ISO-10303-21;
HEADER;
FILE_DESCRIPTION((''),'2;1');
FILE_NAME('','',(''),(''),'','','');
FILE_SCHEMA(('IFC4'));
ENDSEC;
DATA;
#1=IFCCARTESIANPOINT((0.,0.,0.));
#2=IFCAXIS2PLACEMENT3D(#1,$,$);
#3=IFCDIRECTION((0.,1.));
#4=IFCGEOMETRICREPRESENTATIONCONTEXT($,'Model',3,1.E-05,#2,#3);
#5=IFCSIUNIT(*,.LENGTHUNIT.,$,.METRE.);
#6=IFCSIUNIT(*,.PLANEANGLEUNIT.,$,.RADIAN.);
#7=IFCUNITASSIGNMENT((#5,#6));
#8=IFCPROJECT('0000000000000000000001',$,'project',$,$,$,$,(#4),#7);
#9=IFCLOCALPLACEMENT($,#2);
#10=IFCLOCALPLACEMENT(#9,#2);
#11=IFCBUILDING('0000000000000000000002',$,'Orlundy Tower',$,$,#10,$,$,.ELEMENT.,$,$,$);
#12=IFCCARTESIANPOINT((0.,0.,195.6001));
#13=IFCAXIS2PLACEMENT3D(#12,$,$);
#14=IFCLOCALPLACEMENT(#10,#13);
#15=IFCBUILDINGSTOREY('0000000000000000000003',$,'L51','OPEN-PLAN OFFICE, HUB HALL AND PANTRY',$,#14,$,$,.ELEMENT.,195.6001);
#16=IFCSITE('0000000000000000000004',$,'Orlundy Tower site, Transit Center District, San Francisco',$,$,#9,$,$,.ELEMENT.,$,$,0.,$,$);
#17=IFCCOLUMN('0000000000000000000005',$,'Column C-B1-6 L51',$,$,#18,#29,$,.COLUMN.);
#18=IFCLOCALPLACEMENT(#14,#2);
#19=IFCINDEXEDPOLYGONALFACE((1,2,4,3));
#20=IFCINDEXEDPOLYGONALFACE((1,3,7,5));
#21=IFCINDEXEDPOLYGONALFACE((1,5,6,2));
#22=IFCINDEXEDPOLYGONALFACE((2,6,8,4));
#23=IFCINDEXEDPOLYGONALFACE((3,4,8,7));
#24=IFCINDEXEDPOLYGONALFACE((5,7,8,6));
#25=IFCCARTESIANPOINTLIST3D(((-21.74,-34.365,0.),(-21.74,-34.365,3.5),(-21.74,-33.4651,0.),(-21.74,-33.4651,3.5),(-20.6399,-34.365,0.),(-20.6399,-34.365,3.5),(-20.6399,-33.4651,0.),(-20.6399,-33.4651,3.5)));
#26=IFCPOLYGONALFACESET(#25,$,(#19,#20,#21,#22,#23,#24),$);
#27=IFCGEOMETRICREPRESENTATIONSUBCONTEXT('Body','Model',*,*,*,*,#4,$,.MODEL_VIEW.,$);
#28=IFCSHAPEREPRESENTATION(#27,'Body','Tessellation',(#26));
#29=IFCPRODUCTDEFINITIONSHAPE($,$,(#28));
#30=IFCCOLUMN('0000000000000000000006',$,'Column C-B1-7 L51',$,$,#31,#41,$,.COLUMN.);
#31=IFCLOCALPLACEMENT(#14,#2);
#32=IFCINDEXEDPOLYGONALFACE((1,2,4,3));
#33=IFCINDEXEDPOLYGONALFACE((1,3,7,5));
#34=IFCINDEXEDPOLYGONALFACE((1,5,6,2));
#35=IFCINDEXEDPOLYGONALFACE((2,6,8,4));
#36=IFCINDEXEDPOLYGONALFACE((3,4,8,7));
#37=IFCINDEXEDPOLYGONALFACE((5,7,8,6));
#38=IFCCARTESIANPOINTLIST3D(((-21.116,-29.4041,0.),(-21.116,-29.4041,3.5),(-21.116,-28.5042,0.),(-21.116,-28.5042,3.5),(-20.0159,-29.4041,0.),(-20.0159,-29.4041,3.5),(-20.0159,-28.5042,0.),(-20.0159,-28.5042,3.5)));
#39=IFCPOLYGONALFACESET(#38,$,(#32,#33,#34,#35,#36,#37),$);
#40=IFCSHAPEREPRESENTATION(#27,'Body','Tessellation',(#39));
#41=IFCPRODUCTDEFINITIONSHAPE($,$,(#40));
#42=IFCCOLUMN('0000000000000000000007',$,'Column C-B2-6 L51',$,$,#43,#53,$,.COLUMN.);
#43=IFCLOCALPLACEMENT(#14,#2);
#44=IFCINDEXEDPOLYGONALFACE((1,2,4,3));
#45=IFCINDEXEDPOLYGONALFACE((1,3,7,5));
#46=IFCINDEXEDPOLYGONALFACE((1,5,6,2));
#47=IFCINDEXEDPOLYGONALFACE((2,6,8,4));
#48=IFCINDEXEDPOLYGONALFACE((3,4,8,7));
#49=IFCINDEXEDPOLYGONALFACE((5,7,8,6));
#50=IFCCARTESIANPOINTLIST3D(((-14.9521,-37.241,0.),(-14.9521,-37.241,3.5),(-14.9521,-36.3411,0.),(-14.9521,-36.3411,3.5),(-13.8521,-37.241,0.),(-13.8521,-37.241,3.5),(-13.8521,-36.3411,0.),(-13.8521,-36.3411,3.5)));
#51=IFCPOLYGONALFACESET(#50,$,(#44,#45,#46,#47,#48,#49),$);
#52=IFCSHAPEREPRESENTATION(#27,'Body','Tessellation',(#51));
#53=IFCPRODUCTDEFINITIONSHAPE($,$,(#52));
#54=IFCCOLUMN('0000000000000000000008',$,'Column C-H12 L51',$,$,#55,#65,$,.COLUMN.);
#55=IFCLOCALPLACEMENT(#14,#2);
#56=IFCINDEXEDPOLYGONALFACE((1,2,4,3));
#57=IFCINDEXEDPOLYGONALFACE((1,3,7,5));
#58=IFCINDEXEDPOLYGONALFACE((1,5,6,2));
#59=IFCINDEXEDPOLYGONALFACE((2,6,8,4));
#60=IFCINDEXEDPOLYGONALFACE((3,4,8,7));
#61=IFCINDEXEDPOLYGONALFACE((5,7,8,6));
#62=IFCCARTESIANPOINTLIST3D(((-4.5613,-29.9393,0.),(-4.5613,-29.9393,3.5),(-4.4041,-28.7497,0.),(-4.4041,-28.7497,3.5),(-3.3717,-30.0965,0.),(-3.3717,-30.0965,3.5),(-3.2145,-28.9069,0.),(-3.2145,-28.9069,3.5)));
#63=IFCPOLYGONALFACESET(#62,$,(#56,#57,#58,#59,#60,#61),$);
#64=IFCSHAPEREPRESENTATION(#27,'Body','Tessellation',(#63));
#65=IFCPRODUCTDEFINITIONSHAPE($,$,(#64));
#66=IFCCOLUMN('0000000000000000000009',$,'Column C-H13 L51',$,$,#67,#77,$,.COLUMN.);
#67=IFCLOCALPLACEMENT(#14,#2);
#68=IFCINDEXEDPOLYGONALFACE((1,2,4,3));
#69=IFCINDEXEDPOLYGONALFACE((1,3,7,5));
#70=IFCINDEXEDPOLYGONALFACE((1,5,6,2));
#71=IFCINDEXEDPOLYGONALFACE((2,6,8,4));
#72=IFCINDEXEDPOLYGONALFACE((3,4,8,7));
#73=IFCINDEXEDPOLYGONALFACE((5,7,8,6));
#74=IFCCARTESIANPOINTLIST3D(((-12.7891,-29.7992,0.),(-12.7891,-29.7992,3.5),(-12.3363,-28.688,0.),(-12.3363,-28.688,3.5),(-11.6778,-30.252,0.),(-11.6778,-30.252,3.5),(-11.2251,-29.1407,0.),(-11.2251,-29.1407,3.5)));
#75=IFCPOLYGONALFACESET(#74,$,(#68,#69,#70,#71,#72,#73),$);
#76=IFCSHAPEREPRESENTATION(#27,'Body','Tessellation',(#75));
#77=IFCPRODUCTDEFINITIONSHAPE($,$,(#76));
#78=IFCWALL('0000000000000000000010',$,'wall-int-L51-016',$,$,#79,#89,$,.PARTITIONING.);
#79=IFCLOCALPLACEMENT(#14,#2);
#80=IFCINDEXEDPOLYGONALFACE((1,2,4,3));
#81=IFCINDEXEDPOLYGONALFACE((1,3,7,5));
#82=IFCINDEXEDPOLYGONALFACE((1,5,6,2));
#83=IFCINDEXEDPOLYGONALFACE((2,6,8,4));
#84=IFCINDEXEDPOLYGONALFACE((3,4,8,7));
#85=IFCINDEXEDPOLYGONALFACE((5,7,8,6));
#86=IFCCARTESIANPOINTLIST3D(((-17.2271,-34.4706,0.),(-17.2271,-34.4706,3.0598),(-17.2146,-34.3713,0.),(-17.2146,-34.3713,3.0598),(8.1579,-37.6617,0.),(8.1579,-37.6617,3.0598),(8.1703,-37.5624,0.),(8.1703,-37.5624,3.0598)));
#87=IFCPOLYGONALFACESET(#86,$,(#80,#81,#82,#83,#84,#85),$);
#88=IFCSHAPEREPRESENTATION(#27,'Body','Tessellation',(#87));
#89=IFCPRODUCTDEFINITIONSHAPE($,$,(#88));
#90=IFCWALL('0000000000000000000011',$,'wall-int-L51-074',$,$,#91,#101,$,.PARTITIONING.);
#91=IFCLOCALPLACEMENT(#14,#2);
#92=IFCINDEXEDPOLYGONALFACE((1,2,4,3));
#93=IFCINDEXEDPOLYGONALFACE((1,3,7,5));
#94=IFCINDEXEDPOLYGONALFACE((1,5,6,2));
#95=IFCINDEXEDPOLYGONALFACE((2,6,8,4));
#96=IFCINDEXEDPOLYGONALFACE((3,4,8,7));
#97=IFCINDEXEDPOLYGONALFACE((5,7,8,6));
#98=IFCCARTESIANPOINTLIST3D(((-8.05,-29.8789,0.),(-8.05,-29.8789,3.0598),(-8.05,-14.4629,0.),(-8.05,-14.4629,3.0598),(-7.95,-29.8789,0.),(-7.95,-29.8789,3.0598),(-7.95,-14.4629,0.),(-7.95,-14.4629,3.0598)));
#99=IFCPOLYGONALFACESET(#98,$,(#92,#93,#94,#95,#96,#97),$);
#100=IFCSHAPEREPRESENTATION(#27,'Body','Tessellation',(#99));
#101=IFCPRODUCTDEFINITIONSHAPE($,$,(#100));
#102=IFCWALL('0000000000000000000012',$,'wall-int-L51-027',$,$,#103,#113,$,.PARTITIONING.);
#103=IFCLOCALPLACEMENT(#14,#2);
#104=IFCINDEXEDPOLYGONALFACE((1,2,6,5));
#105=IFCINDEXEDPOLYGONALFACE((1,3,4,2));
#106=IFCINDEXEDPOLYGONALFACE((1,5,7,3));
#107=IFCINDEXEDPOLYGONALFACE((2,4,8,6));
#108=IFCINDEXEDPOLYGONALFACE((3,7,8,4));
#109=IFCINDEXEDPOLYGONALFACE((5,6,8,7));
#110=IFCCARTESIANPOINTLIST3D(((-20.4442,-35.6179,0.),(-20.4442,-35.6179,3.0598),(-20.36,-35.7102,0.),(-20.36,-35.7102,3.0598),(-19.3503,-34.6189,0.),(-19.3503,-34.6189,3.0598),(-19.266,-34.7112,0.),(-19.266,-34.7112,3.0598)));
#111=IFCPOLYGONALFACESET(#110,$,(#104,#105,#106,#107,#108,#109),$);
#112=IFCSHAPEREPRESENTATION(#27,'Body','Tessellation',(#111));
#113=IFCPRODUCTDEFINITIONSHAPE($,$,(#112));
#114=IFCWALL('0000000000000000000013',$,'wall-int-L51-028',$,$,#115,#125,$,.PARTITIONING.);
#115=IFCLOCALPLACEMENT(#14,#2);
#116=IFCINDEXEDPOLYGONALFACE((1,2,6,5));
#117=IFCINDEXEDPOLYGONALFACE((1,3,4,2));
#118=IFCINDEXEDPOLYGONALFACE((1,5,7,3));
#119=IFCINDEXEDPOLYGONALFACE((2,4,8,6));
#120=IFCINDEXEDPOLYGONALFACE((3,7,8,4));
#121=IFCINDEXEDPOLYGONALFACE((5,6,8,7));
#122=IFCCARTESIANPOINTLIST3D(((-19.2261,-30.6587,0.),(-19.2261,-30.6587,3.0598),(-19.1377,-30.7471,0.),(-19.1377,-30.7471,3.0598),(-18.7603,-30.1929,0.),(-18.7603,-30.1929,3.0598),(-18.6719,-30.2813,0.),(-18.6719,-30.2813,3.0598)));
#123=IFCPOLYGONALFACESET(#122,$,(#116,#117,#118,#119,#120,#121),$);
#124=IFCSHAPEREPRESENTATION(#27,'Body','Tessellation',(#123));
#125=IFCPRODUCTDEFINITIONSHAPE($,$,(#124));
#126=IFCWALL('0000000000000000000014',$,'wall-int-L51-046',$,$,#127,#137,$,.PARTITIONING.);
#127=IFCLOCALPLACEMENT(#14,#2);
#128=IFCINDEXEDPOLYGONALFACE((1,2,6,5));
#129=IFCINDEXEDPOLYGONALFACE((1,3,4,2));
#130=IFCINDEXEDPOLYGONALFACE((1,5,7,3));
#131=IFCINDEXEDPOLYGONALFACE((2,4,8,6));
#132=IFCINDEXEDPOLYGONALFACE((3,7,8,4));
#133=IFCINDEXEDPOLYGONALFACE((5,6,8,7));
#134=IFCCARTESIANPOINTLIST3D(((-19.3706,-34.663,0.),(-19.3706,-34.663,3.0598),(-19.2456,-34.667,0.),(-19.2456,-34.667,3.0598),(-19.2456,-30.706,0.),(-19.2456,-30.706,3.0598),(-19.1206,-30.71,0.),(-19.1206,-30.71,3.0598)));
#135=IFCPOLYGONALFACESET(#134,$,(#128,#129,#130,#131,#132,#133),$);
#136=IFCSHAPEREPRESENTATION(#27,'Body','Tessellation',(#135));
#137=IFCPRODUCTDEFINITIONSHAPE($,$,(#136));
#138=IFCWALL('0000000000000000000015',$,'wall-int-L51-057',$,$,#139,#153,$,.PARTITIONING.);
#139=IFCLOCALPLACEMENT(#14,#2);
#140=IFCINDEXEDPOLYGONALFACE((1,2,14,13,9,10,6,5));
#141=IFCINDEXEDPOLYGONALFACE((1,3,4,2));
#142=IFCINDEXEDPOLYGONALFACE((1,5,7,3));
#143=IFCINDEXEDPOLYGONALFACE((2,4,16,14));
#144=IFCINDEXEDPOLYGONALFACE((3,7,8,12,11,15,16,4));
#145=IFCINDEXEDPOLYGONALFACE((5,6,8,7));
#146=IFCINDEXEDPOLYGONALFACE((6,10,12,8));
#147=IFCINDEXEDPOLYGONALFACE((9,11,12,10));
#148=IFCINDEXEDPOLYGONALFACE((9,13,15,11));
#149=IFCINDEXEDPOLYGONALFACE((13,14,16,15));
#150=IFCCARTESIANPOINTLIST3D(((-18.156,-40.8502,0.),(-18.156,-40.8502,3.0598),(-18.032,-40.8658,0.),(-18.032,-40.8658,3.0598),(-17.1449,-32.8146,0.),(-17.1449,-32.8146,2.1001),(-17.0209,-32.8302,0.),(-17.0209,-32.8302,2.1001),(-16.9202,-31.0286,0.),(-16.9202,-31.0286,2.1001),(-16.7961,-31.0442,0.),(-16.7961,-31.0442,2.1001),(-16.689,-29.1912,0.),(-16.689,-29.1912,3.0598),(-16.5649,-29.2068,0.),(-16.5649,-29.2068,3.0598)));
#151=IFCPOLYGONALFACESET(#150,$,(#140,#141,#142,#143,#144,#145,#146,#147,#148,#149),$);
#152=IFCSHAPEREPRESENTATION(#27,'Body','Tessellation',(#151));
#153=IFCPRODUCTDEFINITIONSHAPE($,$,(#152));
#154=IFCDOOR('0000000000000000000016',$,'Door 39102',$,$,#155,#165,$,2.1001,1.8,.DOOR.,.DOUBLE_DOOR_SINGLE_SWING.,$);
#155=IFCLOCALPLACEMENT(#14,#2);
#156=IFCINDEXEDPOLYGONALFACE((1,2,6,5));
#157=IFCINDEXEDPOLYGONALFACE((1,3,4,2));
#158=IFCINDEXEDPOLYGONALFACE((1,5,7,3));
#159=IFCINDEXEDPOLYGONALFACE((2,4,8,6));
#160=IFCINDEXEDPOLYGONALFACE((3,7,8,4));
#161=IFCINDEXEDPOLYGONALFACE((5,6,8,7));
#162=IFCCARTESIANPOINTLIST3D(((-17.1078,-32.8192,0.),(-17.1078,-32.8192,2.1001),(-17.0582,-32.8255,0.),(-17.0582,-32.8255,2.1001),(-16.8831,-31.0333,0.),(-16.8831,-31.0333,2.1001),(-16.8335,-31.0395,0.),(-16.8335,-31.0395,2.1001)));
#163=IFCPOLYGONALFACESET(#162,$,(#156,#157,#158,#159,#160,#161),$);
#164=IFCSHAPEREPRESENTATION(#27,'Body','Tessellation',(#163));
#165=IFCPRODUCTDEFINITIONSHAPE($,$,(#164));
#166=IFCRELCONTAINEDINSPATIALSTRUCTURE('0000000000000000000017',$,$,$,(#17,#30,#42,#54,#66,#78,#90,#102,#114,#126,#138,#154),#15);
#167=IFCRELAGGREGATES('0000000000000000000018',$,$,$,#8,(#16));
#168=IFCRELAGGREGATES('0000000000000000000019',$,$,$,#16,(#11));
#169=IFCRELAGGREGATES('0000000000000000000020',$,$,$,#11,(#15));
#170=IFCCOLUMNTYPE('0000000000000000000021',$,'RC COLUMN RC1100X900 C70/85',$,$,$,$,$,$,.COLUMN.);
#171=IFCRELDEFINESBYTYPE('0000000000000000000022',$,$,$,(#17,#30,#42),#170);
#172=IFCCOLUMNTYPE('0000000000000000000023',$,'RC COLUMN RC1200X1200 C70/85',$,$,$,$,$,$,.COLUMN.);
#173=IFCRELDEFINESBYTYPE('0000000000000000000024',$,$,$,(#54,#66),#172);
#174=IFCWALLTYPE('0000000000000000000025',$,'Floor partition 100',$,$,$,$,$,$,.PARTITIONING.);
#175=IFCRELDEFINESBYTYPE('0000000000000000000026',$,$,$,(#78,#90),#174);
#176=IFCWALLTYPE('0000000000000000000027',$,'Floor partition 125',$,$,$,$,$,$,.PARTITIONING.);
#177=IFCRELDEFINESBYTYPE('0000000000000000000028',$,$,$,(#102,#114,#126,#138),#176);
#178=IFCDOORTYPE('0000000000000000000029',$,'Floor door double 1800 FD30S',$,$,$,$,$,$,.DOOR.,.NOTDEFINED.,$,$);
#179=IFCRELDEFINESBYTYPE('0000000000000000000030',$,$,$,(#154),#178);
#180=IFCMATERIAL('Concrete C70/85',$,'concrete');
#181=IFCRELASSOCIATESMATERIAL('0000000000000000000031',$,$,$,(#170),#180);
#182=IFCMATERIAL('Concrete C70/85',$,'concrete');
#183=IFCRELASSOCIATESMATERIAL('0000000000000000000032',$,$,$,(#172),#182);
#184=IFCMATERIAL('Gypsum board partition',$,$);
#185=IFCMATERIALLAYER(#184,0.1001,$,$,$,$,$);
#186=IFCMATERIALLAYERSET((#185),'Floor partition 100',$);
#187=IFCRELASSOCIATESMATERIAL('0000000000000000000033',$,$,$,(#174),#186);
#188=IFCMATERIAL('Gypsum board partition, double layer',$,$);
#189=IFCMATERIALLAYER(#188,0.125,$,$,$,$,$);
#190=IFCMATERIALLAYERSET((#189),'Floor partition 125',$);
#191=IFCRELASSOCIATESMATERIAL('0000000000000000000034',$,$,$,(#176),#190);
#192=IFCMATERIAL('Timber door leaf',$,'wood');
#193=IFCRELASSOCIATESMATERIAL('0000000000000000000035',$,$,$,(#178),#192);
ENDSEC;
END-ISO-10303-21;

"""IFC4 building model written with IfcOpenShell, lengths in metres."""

from ifc_helpers import new_model, si_unit, direction, frame, frame_2d, origin, origin_2d, place, context, subcontext, project, spatial, rectangle, extrude, material, layer, layer_set, material_profile, profile_set, type_object, element, fill, save


model = new_model("IFC4")

# Units and contexts
model_context = context("Model", 3, precision=1e-05, world=origin(), true_north=direction((0.0, 1.0)))
body_context = subcontext(model_context, "Body", "Model", "MODEL_VIEW")
ifc_project = project(units=[si_unit("LENGTHUNIT", "METRE"), si_unit("PLANEANGLEUNIT", "RADIAN")], contexts=[model_context])

# Site, building, storey
site_placement = place(None, origin())
site = spatial("IfcSite", under=ifc_project, at=site_placement, Name="Orlundy Tower site, Transit Center District, San Francisco", CompositionType="ELEMENT", RefElevation=0.0)
building_placement = place(site_placement, origin())
building = spatial("IfcBuilding", under=site, at=building_placement, Name="Orlundy Tower", CompositionType="ELEMENT")
storey_placement = place(building_placement, frame((0.0, 0.0, 195.6001)))
storey = spatial("IfcBuildingStorey", under=building, at=storey_placement, Name="L51", Description="OPEN-PLAN OFFICE, HUB HALL AND PANTRY", CompositionType="ELEMENT", Elevation=195.6001)

# Columns
ifc_material_1 = material(Name="Concrete C70/85", Category="concrete")
ifc_material_profile_1 = material_profile(ifc_material_1, rectangle(XDim=1.1001, YDim=0.8999, at=origin_2d()), Name="RC1100X900")
ifc_profile_set_1 = profile_set([ifc_material_profile_1], Name="Concrete C70/85")
column_type_1 = type_object("IfcColumnType", Name="RC COLUMN RC1100X900 C70/85", PredefinedType="COLUMN", material=ifc_profile_set_1)
for number, where, z_axis, x_axis, name in (
    (1, (-21.1899, -33.915, 0.0), (0.0, 0.0, 1.0), (1.0, 0.0, 0.0), "Column C-B1-6 L51"),
    (2, (-20.5659, -28.9541, 0.0), (0.0, 0.0, 1.0), (1.0, 0.0, 0.0), "Column C-B1-7 L51"),
    (3, (-14.4021, -36.791, 0.0), (0.0, 0.0, 1.0), (1.0, 0.0, 0.0), "Column C-B2-6 L51"),
):
    element("IfcColumn", number, at=place(storey_placement, frame(where, z_axis=z_axis, x_axis=x_axis)), inside=storey, type_object=column_type_1, Name=name, PredefinedType="COLUMN", context=body_context, shape_type="SweptSolid", body=[
        extrude(rectangle(XDim=1.1001, YDim=0.8999, at=origin_2d()), origin(), (0.0, 0.0, 1.0), 3.5),
    ])
ifc_material_2 = material(Name="Concrete C70/85", Category="concrete")
ifc_material_profile_2 = material_profile(ifc_material_2, rectangle(XDim=1.2, YDim=1.2, at=origin_2d()), Name="RC1200X1200")
ifc_profile_set_2 = profile_set([ifc_material_profile_2], Name="Concrete C70/85")
column_type_2 = type_object("IfcColumnType", Name="RC COLUMN RC1200X1200 C70/85", PredefinedType="COLUMN", material=ifc_profile_set_2)
for number, where, z_axis, x_axis, name in (
    (4, (-3.8879, -29.4231, 0.0), (0.0, 0.0, 1.0), (-0.131011, -0.991381, 0.0), "Column C-H12 L51"),
    (5, (-12.0071, -29.47, 0.0), (0.0, 0.0, 1.0), (-0.377324, -0.926081, 0.0), "Column C-H13 L51"),
):
    element("IfcColumn", number, at=place(storey_placement, frame(where, z_axis=z_axis, x_axis=x_axis)), inside=storey, type_object=column_type_2, Name=name, PredefinedType="COLUMN", context=body_context, shape_type="SweptSolid", body=[
        extrude(rectangle(XDim=1.2, YDim=1.2, at=origin_2d()), origin(), (0.0, 0.0, 1.0), 3.5),
    ])

# Walls
ifc_material_3 = material(Name="Gypsum board partition")
ifc_layer_1 = layer(ifc_material_3, 0.1001)
ifc_layer_set_1 = layer_set([ifc_layer_1], Name="Floor partition 100")
wall_type_1 = type_object("IfcWallType", Name="Floor partition 100", PredefinedType="PARTITIONING", material=ifc_layer_set_1)
wall_1_placement = place(storey_placement, frame((-17.2209, -34.4209, 0.0), z_axis=(0.0, 0.0, 1.0), x_axis=(0.992191, -0.124729, 0.0)))
element("IfcWall", 6, at=wall_1_placement, inside=storey, type_object=wall_type_1, Name="wall-int-L51-016", PredefinedType="PARTITIONING", context=body_context, shape_type="SweptSolid", body=[
    extrude(rectangle(XDim=25.5847, YDim=0.1001, at=frame_2d((12.7925, 0.0))), origin(), (0.0, 0.0, 1.0), 3.0598),
])
wall_2_placement = place(storey_placement, frame((-8.0, -29.8789, 0.0), z_axis=(0.0, 0.0, 1.0), x_axis=(0.0, 1.0, 0.0)))
element("IfcWall", 7, at=wall_2_placement, inside=storey, type_object=wall_type_1, Name="wall-int-L51-074", PredefinedType="PARTITIONING", context=body_context, shape_type="SweptSolid", body=[
    extrude(rectangle(XDim=15.416, YDim=0.1001, at=frame_2d((7.708, 0.0))), origin(), (0.0, 0.0, 1.0), 3.0598),
])
ifc_material_4 = material(Name="Gypsum board partition, double layer")
ifc_layer_2 = layer(ifc_material_4, 0.125)
ifc_layer_set_2 = layer_set([ifc_layer_2], Name="Floor partition 125")
wall_type_2 = type_object("IfcWallType", Name="Floor partition 125", PredefinedType="PARTITIONING", material=ifc_layer_set_2)
wall_3_placement = place(storey_placement, frame((-20.4021, -35.6641, 0.0), z_axis=(0.0, 0.0, 1.0), x_axis=(0.738432, 0.674328, 0.0)))
element("IfcWall", 8, at=wall_3_placement, inside=storey, type_object=wall_type_2, Name="wall-int-L51-027", PredefinedType="PARTITIONING", context=body_context, shape_type="SweptSolid", body=[
    extrude(rectangle(XDim=1.4814, YDim=0.125, at=frame_2d((0.7407, 0.0))), origin(), (0.0, 0.0, 1.0), 3.0598),
])
wall_4_placement = place(storey_placement, frame((-19.1819, -30.7029, 0.0), z_axis=(0.0, 0.0, 1.0), x_axis=(0.707107, 0.707107, 0.0)))
element("IfcWall", 9, at=wall_4_placement, inside=storey, type_object=wall_type_2, Name="wall-int-L51-028", PredefinedType="PARTITIONING", context=body_context, shape_type="SweptSolid", body=[
    extrude(rectangle(XDim=0.6587, YDim=0.125, at=frame_2d((0.3293, 0.0))), origin(), (0.0, 0.0, 1.0), 3.0598),
])
wall_5_placement = place(storey_placement, frame((-19.1831, -30.708, 0.0), z_axis=(0.0, 0.0, 1.0), x_axis=(-0.031574, -0.999501, 0.0)))
element("IfcWall", 10, at=wall_5_placement, inside=storey, type_object=wall_type_2, Name="wall-int-L51-046", PredefinedType="PARTITIONING", context=body_context, shape_type="SweptSolid", body=[
    extrude(rectangle(XDim=3.959, YDim=0.125, at=frame_2d((1.9795, 0.0))), origin(), (0.0, 0.0, 1.0), 3.0598),
])

# Wall, opening, door
wall_6_placement = place(storey_placement, frame((-16.627, -29.199, 0.0), z_axis=(0.0, 0.0, 1.0), x_axis=(-0.124845, -0.992176, 0.0)))
wall_6 = element("IfcWall", 11, at=wall_6_placement, inside=storey, type_object=wall_type_2, Name="wall-int-L51-057", PredefinedType="PARTITIONING", context=body_context, shape_type="SweptSolid", body=[
    extrude(rectangle(XDim=11.751, YDim=0.125, at=frame_2d((5.8755, 0.0))), origin(), (0.0, 0.0, 1.0), 3.0598),
])
opening_1_placement = place(wall_6_placement, frame((1.8521, 0.0, 0.0)))
opening_1 = element("IfcOpeningElement", 12, at=opening_1_placement, cuts=wall_6, PredefinedType="OPENING", context=body_context, shape_type="SweptSolid", body=[
    extrude(rectangle(XDim=1.8, YDim=2.1001, at=frame_2d((0.8999, 1.05))), frame((0.0, 0.0725, 0.0), z_axis=(0.0, -1.0, 0.0), x_axis=(1.0, 0.0, 0.0)), (0.0, 0.0, 1.0), 0.145),
])
ifc_material_5 = material(Name="Timber door leaf", Category="wood")
door_type_1 = type_object("IfcDoorType", Name="Floor door double 1800 FD30S", OperationType="NOTDEFINED", PredefinedType="DOOR", material=ifc_material_5)
door_1_placement = place(opening_1_placement, origin())
door_1 = element("IfcDoor", 13, at=door_1_placement, inside=storey, type_object=door_type_1, Name="Door 39102", OperationType="DOUBLE_DOOR_SINGLE_SWING", OverallHeight=2.1001, OverallWidth=1.8, PredefinedType="DOOR", context=body_context, shape_type="SweptSolid", body=[
    extrude(rectangle(XDim=1.8, YDim=2.1001, at=frame_2d((0.8999, 1.05))), frame((0.0, 0.0249, 0.0), z_axis=(0.0, -1.0, 0.0), x_axis=(1.0, 0.0, 0.0)), (0.0, 0.0, 1.0), 0.05),
])
fill(opening_1, door_1)

save(model, "model.ifc")
